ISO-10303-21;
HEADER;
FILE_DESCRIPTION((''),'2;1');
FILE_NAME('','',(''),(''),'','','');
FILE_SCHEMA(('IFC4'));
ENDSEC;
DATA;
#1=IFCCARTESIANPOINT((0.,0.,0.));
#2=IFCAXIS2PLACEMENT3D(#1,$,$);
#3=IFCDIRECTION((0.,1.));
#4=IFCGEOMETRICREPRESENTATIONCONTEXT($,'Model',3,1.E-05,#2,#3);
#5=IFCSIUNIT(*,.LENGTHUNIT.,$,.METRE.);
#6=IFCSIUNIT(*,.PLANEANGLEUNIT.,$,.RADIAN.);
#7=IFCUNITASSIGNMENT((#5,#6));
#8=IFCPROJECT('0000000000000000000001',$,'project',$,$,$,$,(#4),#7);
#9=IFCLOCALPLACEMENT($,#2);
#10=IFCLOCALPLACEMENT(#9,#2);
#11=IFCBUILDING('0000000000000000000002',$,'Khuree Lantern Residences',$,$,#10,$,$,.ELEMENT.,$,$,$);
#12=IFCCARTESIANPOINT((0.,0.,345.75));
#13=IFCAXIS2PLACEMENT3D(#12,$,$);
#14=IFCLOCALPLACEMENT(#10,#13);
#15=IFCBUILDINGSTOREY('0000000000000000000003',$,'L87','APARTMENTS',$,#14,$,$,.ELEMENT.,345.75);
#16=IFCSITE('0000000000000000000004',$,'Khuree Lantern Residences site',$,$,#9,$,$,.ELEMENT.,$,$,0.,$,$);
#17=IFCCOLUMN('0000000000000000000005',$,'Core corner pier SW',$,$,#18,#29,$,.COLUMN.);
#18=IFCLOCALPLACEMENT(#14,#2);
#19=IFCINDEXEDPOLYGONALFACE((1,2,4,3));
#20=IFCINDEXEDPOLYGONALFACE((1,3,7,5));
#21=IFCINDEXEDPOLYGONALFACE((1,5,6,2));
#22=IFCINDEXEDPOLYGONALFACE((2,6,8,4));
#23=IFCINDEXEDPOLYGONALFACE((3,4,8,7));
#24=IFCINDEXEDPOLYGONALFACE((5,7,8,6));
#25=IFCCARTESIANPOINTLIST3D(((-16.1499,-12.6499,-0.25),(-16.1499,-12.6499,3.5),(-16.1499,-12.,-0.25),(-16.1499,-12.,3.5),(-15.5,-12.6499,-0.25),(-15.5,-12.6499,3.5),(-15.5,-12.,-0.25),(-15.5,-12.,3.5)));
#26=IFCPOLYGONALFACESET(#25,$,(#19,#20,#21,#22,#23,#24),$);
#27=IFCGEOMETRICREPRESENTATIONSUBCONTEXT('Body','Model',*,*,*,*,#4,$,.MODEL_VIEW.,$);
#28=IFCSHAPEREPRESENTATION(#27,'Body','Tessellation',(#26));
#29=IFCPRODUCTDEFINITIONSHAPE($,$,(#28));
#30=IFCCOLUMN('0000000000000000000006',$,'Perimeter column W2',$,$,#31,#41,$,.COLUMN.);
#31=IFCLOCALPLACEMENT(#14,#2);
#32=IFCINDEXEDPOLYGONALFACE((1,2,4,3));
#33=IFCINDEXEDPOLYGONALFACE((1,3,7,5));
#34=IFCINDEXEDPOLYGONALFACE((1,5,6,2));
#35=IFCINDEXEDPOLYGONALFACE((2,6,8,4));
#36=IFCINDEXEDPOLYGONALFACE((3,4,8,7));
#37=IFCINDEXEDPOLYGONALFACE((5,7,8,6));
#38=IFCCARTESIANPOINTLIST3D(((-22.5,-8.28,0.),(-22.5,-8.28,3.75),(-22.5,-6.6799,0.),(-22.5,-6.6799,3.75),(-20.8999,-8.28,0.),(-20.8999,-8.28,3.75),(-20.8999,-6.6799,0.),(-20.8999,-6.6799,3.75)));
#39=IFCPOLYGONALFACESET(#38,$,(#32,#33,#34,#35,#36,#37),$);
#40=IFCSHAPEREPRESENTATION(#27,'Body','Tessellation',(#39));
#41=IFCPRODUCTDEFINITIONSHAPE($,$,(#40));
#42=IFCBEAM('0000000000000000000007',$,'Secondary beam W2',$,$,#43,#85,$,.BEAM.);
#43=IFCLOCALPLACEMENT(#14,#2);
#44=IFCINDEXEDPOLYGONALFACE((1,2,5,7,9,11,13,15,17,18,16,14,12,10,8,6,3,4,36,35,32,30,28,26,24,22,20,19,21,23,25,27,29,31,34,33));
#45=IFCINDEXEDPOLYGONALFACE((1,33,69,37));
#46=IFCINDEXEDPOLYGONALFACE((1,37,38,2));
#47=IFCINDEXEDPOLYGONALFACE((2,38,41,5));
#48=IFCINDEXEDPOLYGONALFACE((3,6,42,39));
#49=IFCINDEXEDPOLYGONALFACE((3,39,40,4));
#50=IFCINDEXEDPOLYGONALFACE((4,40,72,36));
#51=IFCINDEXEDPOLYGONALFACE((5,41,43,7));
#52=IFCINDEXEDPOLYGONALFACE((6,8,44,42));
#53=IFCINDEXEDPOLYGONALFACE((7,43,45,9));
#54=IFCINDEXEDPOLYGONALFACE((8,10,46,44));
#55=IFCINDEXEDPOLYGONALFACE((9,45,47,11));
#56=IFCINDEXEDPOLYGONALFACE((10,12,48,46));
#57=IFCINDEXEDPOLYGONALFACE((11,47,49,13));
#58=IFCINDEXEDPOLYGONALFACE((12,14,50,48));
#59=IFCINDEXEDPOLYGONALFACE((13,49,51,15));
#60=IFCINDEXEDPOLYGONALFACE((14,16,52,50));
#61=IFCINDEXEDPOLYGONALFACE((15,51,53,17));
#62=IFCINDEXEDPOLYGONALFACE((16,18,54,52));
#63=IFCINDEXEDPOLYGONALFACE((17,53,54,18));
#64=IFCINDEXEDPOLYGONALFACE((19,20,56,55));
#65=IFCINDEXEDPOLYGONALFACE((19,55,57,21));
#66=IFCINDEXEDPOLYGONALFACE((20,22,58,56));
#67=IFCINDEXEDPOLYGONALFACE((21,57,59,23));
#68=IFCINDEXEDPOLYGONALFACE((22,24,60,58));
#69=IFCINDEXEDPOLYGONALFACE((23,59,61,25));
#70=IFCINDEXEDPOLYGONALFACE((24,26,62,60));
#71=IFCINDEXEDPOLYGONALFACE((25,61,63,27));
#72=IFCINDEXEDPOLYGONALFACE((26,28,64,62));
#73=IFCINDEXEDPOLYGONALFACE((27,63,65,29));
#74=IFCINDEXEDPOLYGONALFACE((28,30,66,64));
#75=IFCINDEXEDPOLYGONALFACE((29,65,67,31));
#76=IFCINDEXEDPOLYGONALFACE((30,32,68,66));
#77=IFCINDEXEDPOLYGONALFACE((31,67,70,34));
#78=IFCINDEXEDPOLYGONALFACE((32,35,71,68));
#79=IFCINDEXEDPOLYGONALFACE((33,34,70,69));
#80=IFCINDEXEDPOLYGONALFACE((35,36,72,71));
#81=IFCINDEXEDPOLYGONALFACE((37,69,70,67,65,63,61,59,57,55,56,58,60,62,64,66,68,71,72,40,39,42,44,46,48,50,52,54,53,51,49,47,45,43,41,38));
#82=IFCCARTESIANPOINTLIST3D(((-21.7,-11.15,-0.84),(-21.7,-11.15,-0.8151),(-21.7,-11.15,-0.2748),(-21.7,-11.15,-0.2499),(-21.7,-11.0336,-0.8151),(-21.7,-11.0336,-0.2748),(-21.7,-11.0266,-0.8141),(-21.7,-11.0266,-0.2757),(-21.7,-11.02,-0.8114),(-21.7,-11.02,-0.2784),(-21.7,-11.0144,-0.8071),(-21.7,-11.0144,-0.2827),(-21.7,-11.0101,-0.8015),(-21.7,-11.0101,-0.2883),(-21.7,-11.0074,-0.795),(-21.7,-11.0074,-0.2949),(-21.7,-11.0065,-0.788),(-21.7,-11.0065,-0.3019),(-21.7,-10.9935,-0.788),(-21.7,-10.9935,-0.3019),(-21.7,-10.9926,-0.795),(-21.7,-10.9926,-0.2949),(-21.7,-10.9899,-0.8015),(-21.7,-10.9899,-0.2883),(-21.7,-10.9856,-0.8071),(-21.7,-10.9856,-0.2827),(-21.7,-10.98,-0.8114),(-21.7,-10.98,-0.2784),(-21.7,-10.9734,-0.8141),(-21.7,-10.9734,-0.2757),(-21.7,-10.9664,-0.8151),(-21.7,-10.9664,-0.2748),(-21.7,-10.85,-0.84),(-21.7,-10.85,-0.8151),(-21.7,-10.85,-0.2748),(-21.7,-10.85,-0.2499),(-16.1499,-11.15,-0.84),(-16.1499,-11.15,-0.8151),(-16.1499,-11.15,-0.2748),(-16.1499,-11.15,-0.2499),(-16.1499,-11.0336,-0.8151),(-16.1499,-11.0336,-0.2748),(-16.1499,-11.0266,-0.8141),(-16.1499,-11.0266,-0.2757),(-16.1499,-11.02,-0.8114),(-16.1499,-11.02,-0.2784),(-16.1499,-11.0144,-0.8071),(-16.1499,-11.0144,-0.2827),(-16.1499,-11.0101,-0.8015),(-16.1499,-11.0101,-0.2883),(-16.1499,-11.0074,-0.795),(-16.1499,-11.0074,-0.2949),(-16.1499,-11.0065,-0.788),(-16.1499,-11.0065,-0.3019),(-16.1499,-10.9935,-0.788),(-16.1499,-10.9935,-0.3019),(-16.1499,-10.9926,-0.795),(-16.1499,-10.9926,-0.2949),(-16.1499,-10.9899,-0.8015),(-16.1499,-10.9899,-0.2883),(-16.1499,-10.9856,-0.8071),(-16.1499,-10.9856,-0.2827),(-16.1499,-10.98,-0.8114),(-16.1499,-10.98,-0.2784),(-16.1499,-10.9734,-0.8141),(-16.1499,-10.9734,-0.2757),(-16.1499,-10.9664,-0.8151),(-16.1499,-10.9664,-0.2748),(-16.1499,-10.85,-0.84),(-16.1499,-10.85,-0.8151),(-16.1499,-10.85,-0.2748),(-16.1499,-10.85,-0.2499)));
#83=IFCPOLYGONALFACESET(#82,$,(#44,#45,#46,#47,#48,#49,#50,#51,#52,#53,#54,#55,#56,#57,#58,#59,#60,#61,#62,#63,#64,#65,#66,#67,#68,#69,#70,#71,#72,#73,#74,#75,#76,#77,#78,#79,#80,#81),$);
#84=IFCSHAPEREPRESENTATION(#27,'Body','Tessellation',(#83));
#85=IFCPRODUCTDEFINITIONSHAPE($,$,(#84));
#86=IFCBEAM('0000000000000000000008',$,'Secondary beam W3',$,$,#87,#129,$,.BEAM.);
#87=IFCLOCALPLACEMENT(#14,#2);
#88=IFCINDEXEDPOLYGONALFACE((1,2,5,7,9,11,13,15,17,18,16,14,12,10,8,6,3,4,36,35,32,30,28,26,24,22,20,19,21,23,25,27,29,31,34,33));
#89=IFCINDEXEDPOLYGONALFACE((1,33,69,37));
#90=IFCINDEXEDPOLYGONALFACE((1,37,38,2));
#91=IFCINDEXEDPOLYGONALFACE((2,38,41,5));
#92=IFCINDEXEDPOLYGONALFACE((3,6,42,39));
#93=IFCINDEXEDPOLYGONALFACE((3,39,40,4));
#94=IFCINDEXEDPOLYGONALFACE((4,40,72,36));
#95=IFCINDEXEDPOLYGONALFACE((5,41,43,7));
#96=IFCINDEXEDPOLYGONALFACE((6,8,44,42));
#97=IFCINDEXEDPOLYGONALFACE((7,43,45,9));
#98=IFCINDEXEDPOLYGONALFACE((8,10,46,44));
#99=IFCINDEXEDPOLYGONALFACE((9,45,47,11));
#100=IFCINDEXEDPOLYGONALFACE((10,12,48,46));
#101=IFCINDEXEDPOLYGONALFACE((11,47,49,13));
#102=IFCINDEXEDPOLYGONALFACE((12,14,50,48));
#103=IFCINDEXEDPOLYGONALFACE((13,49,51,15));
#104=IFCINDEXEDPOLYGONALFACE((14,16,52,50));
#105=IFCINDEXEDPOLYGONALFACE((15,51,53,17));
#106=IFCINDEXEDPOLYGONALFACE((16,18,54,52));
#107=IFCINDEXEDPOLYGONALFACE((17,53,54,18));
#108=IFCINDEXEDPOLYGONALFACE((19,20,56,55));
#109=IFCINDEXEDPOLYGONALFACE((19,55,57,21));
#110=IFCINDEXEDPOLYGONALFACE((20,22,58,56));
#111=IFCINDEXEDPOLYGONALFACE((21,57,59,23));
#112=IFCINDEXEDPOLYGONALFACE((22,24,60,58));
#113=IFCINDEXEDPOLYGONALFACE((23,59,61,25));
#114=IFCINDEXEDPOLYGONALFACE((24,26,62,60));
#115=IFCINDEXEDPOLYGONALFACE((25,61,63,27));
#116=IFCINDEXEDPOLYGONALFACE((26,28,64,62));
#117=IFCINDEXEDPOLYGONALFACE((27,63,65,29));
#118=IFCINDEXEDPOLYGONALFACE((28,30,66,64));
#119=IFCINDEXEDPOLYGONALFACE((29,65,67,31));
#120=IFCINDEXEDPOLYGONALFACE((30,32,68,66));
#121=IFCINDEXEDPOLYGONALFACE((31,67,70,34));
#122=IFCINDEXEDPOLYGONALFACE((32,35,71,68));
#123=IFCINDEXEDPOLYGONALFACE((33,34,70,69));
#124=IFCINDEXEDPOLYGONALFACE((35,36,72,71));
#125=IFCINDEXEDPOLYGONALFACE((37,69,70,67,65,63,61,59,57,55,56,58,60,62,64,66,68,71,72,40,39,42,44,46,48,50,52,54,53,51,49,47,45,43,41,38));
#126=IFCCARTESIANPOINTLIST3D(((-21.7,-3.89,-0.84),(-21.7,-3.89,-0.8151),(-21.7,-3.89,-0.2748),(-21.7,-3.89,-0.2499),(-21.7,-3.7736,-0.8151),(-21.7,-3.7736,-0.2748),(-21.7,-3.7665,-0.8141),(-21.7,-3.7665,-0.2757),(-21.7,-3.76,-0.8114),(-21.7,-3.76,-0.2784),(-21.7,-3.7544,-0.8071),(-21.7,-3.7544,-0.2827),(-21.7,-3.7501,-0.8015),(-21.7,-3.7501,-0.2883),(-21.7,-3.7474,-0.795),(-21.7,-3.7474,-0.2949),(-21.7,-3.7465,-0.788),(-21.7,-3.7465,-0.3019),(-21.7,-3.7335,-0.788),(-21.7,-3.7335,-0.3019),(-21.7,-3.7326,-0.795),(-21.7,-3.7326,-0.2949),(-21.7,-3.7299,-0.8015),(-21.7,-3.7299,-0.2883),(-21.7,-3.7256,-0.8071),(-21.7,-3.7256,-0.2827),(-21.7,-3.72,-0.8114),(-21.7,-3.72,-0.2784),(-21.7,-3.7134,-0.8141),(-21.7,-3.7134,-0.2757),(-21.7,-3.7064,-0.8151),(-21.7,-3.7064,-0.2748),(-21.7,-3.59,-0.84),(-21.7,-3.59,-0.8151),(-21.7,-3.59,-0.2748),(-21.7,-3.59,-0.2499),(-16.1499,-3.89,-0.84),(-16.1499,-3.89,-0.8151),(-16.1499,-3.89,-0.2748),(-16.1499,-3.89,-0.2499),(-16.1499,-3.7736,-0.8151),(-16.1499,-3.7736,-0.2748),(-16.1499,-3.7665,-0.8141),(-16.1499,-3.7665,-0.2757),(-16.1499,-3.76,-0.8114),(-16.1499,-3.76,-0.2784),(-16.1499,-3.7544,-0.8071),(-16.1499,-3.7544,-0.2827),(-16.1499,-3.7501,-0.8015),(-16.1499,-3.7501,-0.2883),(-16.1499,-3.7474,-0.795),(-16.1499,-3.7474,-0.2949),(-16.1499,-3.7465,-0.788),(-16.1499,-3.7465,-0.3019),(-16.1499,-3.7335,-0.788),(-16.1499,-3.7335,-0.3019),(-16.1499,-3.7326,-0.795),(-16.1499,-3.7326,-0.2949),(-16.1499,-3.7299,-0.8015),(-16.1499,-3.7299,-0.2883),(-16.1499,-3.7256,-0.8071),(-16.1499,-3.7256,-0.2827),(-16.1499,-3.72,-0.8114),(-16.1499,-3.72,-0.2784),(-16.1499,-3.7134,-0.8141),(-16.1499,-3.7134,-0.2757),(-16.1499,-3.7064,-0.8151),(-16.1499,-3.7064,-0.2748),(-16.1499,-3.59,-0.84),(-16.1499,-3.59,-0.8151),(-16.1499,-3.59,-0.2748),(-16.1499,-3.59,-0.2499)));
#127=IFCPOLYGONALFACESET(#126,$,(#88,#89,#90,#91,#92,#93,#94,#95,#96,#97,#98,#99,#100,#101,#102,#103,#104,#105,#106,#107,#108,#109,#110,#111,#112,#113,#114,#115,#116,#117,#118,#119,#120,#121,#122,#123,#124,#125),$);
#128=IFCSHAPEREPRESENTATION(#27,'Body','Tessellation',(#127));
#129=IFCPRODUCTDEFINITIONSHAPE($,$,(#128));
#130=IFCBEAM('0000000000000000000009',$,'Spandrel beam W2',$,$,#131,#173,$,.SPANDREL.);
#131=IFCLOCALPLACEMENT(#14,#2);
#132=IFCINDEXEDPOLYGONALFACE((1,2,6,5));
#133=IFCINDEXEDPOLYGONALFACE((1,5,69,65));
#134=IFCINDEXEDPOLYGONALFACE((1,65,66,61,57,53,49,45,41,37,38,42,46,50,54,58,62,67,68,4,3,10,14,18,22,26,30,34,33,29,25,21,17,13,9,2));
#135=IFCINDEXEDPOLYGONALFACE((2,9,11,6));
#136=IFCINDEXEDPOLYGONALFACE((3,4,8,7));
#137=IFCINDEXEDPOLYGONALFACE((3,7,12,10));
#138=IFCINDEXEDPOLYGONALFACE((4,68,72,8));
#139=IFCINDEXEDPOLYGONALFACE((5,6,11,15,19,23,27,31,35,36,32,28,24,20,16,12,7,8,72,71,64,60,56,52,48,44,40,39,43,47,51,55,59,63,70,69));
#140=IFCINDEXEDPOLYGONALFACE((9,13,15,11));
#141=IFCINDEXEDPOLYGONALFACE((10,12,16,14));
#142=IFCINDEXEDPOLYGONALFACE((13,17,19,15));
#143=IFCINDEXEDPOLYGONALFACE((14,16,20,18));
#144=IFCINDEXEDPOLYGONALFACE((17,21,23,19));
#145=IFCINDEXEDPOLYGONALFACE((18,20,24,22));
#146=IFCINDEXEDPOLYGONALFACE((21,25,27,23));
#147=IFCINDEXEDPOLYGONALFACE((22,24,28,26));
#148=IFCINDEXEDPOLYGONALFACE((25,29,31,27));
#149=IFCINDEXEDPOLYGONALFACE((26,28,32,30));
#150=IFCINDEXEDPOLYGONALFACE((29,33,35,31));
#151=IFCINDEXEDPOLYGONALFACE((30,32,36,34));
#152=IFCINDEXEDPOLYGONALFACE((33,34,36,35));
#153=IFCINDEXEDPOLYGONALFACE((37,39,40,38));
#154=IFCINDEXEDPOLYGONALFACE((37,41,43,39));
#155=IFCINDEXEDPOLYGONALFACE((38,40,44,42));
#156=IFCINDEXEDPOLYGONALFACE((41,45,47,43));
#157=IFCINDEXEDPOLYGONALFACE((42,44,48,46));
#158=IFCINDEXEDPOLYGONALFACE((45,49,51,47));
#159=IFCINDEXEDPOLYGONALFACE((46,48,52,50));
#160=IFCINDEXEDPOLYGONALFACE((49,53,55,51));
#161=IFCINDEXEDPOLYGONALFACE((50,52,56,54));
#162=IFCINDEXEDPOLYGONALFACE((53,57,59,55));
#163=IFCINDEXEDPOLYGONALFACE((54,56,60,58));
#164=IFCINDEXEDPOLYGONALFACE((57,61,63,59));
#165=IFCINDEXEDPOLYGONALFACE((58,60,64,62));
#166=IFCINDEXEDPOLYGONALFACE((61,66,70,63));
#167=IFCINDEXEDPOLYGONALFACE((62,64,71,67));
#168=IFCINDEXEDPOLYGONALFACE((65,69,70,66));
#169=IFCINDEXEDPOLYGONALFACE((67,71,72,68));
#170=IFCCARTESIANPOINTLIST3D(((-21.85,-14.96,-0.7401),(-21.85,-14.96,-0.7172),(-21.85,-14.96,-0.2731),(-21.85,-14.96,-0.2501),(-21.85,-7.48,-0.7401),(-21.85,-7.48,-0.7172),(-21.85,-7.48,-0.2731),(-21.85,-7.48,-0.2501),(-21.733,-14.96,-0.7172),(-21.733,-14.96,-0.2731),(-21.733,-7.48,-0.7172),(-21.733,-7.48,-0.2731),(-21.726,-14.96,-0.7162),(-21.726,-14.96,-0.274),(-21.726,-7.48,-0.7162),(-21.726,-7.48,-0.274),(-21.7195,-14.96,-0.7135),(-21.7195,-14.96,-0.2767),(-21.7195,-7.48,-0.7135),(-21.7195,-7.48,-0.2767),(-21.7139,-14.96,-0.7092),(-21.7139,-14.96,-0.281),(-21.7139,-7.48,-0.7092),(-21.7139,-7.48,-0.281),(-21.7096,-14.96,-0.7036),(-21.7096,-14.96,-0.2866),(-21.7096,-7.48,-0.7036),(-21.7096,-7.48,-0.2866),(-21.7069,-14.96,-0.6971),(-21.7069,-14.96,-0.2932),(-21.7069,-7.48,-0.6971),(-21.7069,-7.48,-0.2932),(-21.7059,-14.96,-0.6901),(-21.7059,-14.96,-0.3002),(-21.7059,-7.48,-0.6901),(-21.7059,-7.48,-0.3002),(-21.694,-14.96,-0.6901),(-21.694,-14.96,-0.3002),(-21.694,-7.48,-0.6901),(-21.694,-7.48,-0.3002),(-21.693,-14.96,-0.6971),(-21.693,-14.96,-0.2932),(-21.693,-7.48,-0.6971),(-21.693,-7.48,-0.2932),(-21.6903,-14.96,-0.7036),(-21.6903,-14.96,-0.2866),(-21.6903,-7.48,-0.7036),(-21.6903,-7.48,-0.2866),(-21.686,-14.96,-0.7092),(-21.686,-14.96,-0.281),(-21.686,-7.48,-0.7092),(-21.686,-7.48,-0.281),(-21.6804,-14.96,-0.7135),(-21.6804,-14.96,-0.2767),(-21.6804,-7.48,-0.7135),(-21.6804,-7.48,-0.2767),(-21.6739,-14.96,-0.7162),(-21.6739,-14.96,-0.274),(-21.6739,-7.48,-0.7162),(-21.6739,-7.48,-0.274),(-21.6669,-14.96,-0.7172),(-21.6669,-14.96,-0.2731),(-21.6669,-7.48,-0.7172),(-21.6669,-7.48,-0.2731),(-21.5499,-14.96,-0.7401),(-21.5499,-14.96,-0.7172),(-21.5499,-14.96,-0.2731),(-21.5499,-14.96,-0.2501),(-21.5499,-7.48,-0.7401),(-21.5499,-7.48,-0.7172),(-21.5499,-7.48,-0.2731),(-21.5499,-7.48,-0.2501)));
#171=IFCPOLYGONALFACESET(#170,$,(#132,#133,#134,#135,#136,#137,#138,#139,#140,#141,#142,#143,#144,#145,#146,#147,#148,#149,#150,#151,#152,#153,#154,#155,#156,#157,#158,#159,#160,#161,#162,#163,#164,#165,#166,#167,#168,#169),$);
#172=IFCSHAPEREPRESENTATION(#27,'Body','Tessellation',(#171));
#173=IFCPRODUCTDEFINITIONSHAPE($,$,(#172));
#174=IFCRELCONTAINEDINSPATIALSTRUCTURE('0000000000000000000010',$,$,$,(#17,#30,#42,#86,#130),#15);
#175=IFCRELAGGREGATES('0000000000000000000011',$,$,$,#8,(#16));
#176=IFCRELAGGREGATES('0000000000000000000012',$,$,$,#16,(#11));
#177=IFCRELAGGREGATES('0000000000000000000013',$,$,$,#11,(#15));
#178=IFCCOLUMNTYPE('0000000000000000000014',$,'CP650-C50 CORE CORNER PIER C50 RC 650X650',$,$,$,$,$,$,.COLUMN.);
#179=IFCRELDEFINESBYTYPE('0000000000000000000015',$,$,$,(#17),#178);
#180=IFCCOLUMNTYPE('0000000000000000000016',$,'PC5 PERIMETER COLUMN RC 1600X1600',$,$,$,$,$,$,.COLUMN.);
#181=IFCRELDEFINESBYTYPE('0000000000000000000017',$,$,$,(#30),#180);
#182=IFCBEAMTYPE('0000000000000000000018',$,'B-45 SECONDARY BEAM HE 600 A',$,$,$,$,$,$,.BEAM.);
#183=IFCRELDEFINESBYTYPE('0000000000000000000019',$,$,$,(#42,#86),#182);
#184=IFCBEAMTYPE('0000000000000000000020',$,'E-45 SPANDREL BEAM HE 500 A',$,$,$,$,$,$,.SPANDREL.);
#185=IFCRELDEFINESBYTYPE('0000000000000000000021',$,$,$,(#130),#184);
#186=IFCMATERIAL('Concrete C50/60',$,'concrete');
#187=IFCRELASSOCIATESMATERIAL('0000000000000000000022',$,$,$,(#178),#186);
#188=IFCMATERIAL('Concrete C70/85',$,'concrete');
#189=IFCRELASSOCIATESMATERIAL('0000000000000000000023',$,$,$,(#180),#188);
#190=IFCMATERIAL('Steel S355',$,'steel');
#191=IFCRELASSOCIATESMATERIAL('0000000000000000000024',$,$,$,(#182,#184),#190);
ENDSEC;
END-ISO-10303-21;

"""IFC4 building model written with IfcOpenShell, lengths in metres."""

from ifc_helpers import new_model, si_unit, direction, frame, origin, origin_2d, place, context, subcontext, project, spatial, rectangle, i_section, extrude, material, material_profile, profile_set, type_object, element, save


model = new_model("IFC4")

# Units and contexts
model_context = context("Model", 3, precision=1e-05, world=origin(), true_north=direction((0.0, 1.0)))
body_context = subcontext(model_context, "Body", "Model", "MODEL_VIEW")
ifc_project = project(units=[si_unit("LENGTHUNIT", "METRE"), si_unit("PLANEANGLEUNIT", "RADIAN")], contexts=[model_context])

# Site, building, storey
site_placement = place(None, origin())
site = spatial("IfcSite", under=ifc_project, at=site_placement, Name="Khuree Lantern Residences site", CompositionType="ELEMENT", RefElevation=0.0)
building_placement = place(site_placement, origin())
building = spatial("IfcBuilding", under=site, at=building_placement, Name="Khuree Lantern Residences", CompositionType="ELEMENT")
storey_placement = place(building_placement, frame((0.0, 0.0, 345.75)))
storey = spatial("IfcBuildingStorey", under=building, at=storey_placement, Name="L87", Description="APARTMENTS", CompositionType="ELEMENT", Elevation=345.75)

# Columns
ifc_material_1 = material(Name="Concrete C50/60", Category="concrete")
ifc_material_profile_1 = material_profile(ifc_material_1, rectangle(XDim=0.6499, YDim=0.6499, at=origin_2d()), Name="RC 650X650")
ifc_profile_set_1 = profile_set([ifc_material_profile_1], Name="Concrete C50/60")
column_type_1 = type_object("IfcColumnType", Name="CP650-C50 CORE CORNER PIER C50 RC 650X650", PredefinedType="COLUMN", material=ifc_profile_set_1)
column_1_placement = place(storey_placement, frame((-15.825, -12.325, -0.25), z_axis=(0.0, 0.0, 1.0), x_axis=(1.0, 0.0, 0.0)))
element("IfcColumn", 1, at=column_1_placement, inside=storey, type_object=column_type_1, Name="Core corner pier SW", PredefinedType="COLUMN", context=body_context, shape_type="SweptSolid", body=[
    extrude(rectangle(XDim=0.6499, YDim=0.6499, at=origin_2d()), origin(), (0.0, 0.0, 1.0), 3.75),
])
ifc_material_2 = material(Name="Concrete C70/85", Category="concrete")
ifc_material_profile_2 = material_profile(ifc_material_2, rectangle(XDim=1.6001, YDim=1.6001, at=origin_2d()), Name="RC 1600X1600")
ifc_profile_set_2 = profile_set([ifc_material_profile_2], Name="Concrete C70/85")
column_type_2 = type_object("IfcColumnType", Name="PC5 PERIMETER COLUMN RC 1600X1600", PredefinedType="COLUMN", material=ifc_profile_set_2)
column_2_placement = place(storey_placement, frame((-21.7, -7.48, 0.0), z_axis=(0.0, 0.0, 1.0), x_axis=(0.0, 1.0, 0.0)))
element("IfcColumn", 2, at=column_2_placement, inside=storey, type_object=column_type_2, Name="Perimeter column W2", PredefinedType="COLUMN", context=body_context, shape_type="SweptSolid", body=[
    extrude(rectangle(XDim=1.6001, YDim=1.6001, at=origin_2d()), origin(), (0.0, 0.0, 1.0), 3.75),
])

# Beams
ifc_material_3 = material(Name="Steel S355", Category="steel")
ifc_material_profile_3 = material_profile(ifc_material_3, i_section(OverallWidth=0.3, OverallDepth=0.5901, WebThickness=0.0129, FlangeThickness=0.0249, FilletRadius=0.0271, at=origin_2d()), Name="HE 600 A")
ifc_profile_set_3 = profile_set([ifc_material_profile_3], Name="Steel S355")
beam_type_1 = type_object("IfcBeamType", Name="B-45 SECONDARY BEAM HE 600 A", PredefinedType="BEAM", material=ifc_profile_set_3)
for number, where, z_axis, x_axis, name in (
    (3, (-21.7, -11.0, -0.5449), (1.0, 0.0, 0.0), (0.0, 1.0, 0.0), "Secondary beam W2"),
    (4, (-21.7, -3.74, -0.5449), (1.0, 0.0, 0.0), (0.0, 1.0, 0.0), "Secondary beam W3"),
):
    element("IfcBeam", number, at=place(storey_placement, frame(where, z_axis=z_axis, x_axis=x_axis)), inside=storey, type_object=beam_type_1, Name=name, PredefinedType="BEAM", context=body_context, shape_type="SweptSolid", body=[
        extrude(i_section(OverallWidth=0.3, OverallDepth=0.5901, WebThickness=0.0129, FlangeThickness=0.0249, FilletRadius=0.0271, at=origin_2d()), origin(), (0.0, 0.0, 1.0), 5.55),
    ])
ifc_material_profile_4 = material_profile(ifc_material_3, i_section(OverallWidth=0.3, OverallDepth=0.49, WebThickness=0.012, FlangeThickness=0.0229, FilletRadius=0.0271, at=origin_2d()), Name="HE 500 A")
ifc_profile_set_4 = profile_set([ifc_material_profile_4], Name="Steel S355")
beam_type_2 = type_object("IfcBeamType", Name="E-45 SPANDREL BEAM HE 500 A", PredefinedType="SPANDREL", material=ifc_profile_set_4)
for number, where, z_axis, x_axis, name in (
    (5, (-21.7, -14.96, -0.4951), (0.0, 1.0, 0.0), (-1.0, 0.0, 0.0), "Spandrel beam W2"),
):
    element("IfcBeam", number, at=place(storey_placement, frame(where, z_axis=z_axis, x_axis=x_axis)), inside=storey, type_object=beam_type_2, Name=name, PredefinedType="SPANDREL", context=body_context, shape_type="SweptSolid", body=[
        extrude(i_section(OverallWidth=0.3, OverallDepth=0.49, WebThickness=0.012, FlangeThickness=0.0229, FilletRadius=0.0271, at=origin_2d()), origin(), (0.0, 0.0, 1.0), 7.48),
    ])

save(model, "model.ifc")
